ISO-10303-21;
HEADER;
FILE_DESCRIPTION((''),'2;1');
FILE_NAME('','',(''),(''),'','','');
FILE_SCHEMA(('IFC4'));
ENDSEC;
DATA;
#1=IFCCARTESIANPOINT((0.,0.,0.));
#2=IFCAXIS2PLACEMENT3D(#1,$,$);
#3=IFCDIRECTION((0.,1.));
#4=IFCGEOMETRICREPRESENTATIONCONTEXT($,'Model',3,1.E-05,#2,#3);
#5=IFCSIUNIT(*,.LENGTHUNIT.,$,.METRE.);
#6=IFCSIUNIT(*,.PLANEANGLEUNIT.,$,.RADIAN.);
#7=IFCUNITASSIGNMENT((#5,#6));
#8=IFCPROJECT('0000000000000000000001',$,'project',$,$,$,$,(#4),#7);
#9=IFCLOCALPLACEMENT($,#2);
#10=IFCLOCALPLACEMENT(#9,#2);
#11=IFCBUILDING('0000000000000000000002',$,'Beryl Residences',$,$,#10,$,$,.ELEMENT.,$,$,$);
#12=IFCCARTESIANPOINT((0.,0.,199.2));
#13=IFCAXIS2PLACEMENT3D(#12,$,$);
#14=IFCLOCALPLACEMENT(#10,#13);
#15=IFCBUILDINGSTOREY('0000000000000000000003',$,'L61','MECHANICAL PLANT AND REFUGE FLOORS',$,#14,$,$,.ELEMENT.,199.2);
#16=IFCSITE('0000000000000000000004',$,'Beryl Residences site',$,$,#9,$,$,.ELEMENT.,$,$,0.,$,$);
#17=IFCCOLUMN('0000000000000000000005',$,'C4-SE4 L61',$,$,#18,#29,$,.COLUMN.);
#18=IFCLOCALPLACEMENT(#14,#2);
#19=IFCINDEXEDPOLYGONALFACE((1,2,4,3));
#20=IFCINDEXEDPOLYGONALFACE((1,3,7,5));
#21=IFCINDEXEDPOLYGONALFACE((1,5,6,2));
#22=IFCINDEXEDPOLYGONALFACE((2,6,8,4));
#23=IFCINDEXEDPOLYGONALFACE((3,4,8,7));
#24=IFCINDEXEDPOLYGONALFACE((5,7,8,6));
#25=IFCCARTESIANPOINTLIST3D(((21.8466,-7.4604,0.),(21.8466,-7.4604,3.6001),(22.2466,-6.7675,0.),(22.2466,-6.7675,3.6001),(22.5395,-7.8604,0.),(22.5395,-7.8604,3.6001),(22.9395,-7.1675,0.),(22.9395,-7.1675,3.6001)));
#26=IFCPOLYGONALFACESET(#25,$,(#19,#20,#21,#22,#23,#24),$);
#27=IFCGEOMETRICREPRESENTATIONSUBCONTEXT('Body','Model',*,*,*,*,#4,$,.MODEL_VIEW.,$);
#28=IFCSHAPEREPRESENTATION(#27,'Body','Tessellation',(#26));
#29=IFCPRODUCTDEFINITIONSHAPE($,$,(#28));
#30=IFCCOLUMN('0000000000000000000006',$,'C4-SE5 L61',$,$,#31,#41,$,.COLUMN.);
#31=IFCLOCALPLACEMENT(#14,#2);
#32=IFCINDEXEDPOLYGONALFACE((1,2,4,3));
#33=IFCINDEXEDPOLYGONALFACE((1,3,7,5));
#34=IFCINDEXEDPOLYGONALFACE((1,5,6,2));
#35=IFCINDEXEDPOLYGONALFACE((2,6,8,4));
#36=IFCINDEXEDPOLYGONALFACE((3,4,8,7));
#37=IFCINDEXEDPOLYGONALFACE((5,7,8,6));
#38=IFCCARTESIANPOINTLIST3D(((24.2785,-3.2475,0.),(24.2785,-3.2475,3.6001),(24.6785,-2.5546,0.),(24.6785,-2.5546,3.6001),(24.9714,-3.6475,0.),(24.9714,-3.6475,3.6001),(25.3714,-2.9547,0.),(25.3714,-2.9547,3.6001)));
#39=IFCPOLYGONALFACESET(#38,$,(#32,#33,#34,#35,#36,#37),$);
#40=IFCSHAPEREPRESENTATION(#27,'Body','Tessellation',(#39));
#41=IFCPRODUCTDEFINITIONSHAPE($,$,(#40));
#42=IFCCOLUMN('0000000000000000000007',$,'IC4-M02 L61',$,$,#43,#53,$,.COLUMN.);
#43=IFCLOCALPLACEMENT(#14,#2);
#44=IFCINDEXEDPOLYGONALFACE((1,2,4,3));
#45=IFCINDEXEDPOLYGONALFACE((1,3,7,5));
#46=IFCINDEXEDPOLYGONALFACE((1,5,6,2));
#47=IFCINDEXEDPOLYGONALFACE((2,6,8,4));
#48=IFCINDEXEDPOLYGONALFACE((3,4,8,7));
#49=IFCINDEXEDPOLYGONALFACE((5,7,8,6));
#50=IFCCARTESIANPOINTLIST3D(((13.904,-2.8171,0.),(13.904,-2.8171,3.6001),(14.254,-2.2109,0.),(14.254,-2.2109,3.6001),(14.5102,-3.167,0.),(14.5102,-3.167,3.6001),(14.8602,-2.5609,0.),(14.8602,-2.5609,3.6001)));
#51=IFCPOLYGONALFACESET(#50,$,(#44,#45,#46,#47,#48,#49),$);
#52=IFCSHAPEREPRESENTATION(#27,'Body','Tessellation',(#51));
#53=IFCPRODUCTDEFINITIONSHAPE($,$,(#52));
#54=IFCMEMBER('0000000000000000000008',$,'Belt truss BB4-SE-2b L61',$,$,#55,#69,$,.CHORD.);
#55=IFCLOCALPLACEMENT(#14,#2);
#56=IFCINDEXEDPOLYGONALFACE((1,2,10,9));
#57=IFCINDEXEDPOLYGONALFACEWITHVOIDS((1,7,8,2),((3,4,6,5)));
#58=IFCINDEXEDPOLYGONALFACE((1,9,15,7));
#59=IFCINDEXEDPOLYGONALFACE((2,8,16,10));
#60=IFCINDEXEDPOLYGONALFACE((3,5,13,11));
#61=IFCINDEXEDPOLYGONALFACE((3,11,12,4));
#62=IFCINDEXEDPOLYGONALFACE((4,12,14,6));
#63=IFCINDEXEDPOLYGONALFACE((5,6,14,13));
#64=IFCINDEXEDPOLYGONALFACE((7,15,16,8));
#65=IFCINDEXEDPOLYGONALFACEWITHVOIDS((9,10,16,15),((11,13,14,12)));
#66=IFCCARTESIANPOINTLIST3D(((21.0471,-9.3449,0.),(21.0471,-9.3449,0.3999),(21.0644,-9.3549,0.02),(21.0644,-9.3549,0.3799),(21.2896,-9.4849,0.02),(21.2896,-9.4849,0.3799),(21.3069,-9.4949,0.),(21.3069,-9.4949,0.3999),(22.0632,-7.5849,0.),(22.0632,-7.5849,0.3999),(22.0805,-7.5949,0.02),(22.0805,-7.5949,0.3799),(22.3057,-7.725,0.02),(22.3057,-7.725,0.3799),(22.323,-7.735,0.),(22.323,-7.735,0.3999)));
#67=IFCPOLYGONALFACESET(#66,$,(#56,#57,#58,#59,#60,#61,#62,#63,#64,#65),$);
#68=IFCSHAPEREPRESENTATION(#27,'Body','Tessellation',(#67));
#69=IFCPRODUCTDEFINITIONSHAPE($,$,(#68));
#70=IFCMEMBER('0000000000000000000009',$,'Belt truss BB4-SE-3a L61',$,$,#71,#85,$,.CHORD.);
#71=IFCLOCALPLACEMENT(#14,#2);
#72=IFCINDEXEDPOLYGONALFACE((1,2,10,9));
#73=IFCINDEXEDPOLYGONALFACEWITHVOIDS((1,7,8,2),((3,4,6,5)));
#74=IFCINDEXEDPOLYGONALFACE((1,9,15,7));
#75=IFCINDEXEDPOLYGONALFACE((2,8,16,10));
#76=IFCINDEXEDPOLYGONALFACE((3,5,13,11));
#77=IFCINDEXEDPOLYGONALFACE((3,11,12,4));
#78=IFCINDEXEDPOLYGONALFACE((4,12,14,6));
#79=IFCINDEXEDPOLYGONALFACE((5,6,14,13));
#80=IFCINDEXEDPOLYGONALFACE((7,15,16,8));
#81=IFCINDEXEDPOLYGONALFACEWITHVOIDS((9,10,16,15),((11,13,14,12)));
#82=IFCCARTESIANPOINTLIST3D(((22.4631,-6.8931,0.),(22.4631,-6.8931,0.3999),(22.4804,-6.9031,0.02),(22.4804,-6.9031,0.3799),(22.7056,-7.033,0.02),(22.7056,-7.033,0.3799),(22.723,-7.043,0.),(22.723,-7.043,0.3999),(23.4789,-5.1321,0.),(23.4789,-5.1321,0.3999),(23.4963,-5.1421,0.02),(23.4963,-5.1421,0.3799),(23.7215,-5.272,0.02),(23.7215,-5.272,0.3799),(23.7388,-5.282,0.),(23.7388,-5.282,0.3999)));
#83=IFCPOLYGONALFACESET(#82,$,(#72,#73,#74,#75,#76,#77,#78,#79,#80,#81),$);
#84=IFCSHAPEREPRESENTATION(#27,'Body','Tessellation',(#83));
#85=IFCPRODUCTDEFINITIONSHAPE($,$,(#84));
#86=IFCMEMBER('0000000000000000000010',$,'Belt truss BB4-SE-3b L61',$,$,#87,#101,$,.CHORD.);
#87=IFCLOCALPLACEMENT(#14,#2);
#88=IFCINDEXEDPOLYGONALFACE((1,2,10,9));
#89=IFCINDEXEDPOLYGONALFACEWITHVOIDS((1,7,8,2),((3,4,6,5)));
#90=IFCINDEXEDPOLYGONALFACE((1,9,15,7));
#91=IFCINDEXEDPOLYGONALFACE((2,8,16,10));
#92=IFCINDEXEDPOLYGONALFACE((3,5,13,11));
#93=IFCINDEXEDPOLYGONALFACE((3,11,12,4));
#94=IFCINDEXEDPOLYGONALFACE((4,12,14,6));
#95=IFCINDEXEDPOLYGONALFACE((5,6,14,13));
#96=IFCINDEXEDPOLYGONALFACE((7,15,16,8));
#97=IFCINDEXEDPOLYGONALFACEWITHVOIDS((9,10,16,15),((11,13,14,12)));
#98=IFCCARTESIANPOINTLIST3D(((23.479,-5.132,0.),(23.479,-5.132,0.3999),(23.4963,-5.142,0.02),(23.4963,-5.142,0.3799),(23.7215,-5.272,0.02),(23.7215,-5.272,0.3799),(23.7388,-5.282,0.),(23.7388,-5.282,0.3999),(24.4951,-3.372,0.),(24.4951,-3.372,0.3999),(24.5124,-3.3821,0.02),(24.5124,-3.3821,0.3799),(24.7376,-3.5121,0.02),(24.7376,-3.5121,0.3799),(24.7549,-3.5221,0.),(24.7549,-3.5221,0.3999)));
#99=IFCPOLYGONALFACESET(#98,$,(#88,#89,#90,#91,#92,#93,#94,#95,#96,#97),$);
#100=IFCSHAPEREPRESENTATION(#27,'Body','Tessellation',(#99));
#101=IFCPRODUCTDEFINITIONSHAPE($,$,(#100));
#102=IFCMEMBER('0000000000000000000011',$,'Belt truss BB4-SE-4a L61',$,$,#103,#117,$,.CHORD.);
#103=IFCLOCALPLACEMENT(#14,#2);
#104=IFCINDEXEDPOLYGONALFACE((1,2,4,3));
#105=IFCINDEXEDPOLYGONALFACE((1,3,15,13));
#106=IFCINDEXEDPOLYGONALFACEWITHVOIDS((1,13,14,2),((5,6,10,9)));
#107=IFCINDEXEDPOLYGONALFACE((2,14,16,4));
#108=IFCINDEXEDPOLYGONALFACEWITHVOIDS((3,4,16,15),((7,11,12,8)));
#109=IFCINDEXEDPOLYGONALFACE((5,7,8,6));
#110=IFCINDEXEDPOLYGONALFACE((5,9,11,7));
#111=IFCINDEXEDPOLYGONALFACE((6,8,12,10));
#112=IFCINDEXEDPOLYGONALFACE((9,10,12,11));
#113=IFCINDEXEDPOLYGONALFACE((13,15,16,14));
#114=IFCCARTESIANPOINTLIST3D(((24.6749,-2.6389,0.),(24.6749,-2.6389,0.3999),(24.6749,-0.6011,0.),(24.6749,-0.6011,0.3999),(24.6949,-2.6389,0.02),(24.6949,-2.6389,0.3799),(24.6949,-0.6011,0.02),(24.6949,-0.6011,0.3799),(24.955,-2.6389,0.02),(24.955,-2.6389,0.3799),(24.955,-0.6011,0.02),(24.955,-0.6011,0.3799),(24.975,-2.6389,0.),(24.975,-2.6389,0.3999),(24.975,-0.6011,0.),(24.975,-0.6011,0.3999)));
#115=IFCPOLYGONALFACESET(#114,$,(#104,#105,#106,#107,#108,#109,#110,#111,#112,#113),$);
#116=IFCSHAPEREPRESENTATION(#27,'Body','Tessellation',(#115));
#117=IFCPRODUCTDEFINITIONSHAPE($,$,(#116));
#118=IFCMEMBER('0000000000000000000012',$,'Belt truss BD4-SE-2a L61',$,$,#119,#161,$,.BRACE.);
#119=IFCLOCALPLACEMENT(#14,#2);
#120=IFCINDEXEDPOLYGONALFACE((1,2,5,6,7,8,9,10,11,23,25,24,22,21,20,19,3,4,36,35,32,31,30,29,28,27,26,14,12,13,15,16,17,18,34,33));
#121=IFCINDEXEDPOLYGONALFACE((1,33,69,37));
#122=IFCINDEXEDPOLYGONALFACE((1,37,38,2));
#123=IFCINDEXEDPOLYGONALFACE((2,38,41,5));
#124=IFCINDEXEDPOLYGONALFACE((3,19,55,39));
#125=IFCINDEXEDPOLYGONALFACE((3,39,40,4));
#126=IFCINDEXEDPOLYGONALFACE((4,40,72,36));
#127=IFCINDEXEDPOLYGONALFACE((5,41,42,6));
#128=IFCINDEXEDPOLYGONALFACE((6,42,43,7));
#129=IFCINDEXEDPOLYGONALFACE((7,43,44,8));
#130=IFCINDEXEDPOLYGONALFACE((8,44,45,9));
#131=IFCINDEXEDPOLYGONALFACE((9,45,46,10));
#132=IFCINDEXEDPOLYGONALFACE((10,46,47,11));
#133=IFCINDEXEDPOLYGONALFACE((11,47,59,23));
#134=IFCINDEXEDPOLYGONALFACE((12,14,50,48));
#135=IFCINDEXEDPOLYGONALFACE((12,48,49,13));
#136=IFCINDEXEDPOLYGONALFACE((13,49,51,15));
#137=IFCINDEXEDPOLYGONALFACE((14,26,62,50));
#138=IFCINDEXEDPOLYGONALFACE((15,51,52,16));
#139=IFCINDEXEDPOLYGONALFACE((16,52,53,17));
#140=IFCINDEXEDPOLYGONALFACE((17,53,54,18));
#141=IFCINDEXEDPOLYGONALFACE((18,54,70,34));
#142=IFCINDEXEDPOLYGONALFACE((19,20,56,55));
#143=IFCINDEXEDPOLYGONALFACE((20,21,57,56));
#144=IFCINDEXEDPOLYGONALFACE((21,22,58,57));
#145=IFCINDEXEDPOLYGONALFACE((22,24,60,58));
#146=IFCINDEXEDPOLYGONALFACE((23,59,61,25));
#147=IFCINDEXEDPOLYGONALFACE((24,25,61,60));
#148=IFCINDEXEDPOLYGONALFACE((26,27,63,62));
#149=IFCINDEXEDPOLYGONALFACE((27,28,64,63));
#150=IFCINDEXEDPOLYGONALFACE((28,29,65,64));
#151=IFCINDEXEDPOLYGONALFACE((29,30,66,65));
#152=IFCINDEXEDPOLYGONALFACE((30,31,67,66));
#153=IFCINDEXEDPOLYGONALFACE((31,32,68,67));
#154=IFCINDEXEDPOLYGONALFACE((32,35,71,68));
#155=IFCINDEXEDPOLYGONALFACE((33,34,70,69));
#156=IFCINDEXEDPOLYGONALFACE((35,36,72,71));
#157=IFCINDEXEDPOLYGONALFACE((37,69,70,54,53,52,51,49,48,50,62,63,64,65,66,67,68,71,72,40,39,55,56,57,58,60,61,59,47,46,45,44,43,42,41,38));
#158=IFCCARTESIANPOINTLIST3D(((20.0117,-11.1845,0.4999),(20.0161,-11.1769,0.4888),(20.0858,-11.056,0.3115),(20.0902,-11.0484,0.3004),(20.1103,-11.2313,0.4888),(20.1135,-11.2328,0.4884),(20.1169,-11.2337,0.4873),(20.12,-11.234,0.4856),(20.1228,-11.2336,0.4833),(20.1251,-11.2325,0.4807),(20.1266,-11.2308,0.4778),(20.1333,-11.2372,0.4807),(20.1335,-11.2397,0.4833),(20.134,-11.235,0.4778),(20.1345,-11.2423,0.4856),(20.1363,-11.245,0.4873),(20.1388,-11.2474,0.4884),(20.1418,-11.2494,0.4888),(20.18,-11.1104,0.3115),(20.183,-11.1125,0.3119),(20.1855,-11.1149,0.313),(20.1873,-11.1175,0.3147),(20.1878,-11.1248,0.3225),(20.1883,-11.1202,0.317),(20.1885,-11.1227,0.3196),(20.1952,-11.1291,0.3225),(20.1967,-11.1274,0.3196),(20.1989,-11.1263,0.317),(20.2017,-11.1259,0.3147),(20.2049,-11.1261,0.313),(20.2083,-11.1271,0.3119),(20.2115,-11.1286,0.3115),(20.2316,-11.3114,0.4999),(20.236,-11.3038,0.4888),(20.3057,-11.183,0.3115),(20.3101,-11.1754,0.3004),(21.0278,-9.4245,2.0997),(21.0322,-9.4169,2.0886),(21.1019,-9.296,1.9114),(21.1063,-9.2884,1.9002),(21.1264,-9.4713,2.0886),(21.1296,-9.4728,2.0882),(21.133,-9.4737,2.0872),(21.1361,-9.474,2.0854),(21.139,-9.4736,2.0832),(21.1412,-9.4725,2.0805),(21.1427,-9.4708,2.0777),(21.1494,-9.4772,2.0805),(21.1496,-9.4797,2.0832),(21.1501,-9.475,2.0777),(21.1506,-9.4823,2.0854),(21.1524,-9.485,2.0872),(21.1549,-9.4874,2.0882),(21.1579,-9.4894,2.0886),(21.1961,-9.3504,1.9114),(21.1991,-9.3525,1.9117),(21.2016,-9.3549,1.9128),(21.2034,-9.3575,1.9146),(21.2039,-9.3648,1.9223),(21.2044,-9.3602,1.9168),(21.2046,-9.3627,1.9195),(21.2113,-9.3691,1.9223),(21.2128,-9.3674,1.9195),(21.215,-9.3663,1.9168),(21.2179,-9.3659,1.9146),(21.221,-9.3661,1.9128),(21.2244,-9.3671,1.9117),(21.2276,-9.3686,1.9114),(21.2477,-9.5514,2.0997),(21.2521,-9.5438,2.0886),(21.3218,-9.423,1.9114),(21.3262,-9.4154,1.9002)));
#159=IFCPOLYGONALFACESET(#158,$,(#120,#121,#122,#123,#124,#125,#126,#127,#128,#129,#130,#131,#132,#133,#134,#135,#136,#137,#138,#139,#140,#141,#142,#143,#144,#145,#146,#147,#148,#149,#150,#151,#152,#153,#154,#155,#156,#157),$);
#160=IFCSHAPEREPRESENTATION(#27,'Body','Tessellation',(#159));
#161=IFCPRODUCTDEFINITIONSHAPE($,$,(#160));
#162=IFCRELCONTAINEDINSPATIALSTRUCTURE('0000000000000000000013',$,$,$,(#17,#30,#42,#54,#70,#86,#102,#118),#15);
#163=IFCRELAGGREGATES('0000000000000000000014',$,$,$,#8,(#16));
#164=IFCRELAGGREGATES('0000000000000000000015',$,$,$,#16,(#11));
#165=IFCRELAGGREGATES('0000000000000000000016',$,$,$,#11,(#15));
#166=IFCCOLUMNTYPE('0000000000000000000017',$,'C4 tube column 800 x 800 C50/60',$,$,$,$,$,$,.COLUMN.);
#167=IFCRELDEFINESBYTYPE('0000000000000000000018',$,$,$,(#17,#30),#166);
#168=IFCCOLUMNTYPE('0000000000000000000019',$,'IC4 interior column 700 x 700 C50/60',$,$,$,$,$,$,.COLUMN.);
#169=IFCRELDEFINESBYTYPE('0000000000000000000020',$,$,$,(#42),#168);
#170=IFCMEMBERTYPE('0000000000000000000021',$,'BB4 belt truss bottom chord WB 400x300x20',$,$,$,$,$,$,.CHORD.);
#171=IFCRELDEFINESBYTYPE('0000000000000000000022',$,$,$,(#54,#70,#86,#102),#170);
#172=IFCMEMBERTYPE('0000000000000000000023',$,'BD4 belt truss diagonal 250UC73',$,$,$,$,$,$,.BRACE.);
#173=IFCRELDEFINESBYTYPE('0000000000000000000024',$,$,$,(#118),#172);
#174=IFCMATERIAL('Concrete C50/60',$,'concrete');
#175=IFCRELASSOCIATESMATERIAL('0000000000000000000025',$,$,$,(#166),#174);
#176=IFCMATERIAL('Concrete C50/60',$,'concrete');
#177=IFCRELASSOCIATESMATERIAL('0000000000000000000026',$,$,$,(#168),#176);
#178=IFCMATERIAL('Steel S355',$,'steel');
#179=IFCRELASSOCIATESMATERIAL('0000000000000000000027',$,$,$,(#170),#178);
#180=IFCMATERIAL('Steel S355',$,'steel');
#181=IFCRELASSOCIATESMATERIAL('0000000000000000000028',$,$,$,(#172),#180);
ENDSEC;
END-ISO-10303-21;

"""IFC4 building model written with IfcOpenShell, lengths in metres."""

from ifc_helpers import new_model, si_unit, direction, frame, origin, origin_2d, place, context, subcontext, project, spatial, rectangle, hollow_rectangle, i_section, extrude, material, material_profile, profile_set, type_object, element, save


model = new_model("IFC4")

# Units and contexts
model_context = context("Model", 3, precision=1e-05, world=origin(), true_north=direction((0.0, 1.0)))
body_context = subcontext(model_context, "Body", "Model", "MODEL_VIEW")
ifc_project = project(units=[si_unit("LENGTHUNIT", "METRE"), si_unit("PLANEANGLEUNIT", "RADIAN")], contexts=[model_context])

# Site, building, storey
site_placement = place(None, origin())
site = spatial("IfcSite", under=ifc_project, at=site_placement, Name="Beryl Residences site", CompositionType="ELEMENT", RefElevation=0.0)
building_placement = place(site_placement, origin())
building = spatial("IfcBuilding", under=site, at=building_placement, Name="Beryl Residences", CompositionType="ELEMENT")
storey_placement = place(building_placement, frame((0.0, 0.0, 199.2)))
storey = spatial("IfcBuildingStorey", under=building, at=storey_placement, Name="L61", Description="MECHANICAL PLANT AND REFUGE FLOORS", CompositionType="ELEMENT", Elevation=199.2)

# Columns
ifc_material_1 = material(Name="Concrete C50/60", Category="concrete")
ifc_material_profile_1 = material_profile(ifc_material_1, rectangle(XDim=0.8, YDim=0.8, at=origin_2d()))
ifc_profile_set_1 = profile_set([ifc_material_profile_1], Name="Concrete C50/60")
column_type_1 = type_object("IfcColumnType", Name="C4 tube column 800 x 800 C50/60", PredefinedType="COLUMN", material=ifc_profile_set_1)
for number, where, z_axis, x_axis, name in (
    (1, (22.3931, -7.314, 0.0), (0.0, 0.0, 1.0), (0.5, 0.866025, 0.0), "C4-SE4 L61"),
    (2, (24.825, -3.1011, 0.0), (0.0, 0.0, 1.0), (0.5, 0.866025, 0.0), "C4-SE5 L61"),
):
    element("IfcColumn", number, at=place(storey_placement, frame(where, z_axis=z_axis, x_axis=x_axis)), inside=storey, type_object=column_type_1, Name=name, PredefinedType="COLUMN", context=body_context, shape_type="SweptSolid", body=[
        extrude(rectangle(XDim=0.8, YDim=0.8, at=origin_2d()), origin(), (0.0, 0.0, 1.0), 3.6001),
    ])
ifc_material_2 = material(Name="Concrete C50/60", Category="concrete")
ifc_material_profile_2 = material_profile(ifc_material_2, rectangle(XDim=0.7, YDim=0.7, at=origin_2d()))
ifc_profile_set_2 = profile_set([ifc_material_profile_2], Name="Concrete C50/60")
column_type_2 = type_object("IfcColumnType", Name="IC4 interior column 700 x 700 C50/60", PredefinedType="COLUMN", material=ifc_profile_set_2)
column_placement = place(storey_placement, frame((14.3821, -2.689, 0.0), z_axis=(0.0, 0.0, 1.0), x_axis=(0.5, 0.866025, 0.0)))
element("IfcColumn", 3, at=column_placement, inside=storey, type_object=column_type_2, Name="IC4-M02 L61", PredefinedType="COLUMN", context=body_context, shape_type="SweptSolid", body=[
    extrude(rectangle(XDim=0.7, YDim=0.7, at=origin_2d()), origin(), (0.0, 0.0, 1.0), 3.6001),
])

# Members
ifc_material_3 = material(Name="Steel S355", Category="steel")
ifc_material_profile_3 = material_profile(ifc_material_3, hollow_rectangle(XDim=0.3, YDim=0.3999, WallThickness=0.02, at=origin_2d()))
ifc_profile_set_3 = profile_set([ifc_material_profile_3], Name="Steel S355")
member_type_1 = type_object("IfcMemberType", Name="BB4 belt truss bottom chord WB 400x300x20", PredefinedType="CHORD", material=ifc_profile_set_3)
member_1_placement = place(storey_placement, frame((21.177, -9.4199, 0.2), z_axis=(0.499989, 0.866032, 0.0), x_axis=(-0.866032, 0.499989, 0.0)))
element("IfcMember", 4, at=member_1_placement, inside=storey, type_object=member_type_1, Name="Belt truss BB4-SE-2b L61", PredefinedType="CHORD", context=body_context, shape_type="SweptSolid", body=[
    extrude(hollow_rectangle(XDim=0.3, YDim=0.3999, WallThickness=0.02, at=origin_2d()), origin(), (0.0, 0.0, 1.0), 2.0322),
])
member_2_placement = place(storey_placement, frame((22.593, -6.968, 0.2), z_axis=(0.499691, 0.866204, 0.0), x_axis=(-0.866204, 0.499691, 0.0)))
element("IfcMember", 5, at=member_2_placement, inside=storey, type_object=member_type_1, Name="Belt truss BB4-SE-3a L61", PredefinedType="CHORD", context=body_context, shape_type="SweptSolid", body=[
    extrude(hollow_rectangle(XDim=0.3, YDim=0.3999, WallThickness=0.02, at=origin_2d()), origin(), (0.0, 0.0, 1.0), 2.033),
])
member_3_placement = place(storey_placement, frame((23.6089, -5.207, 0.2), z_axis=(0.499989, 0.866032, 0.0), x_axis=(-0.866032, 0.499989, 0.0)))
element("IfcMember", 6, at=member_3_placement, inside=storey, type_object=member_type_1, Name="Belt truss BB4-SE-3b L61", PredefinedType="CHORD", context=body_context, shape_type="SweptSolid", body=[
    extrude(hollow_rectangle(XDim=0.3, YDim=0.3999, WallThickness=0.02, at=origin_2d()), origin(), (0.0, 0.0, 1.0), 2.0322),
])
member_4_placement = place(storey_placement, frame((24.825, -2.6389, 0.2), z_axis=(0.0, 1.0, 0.0), x_axis=(-1.0, 0.0, 0.0)))
element("IfcMember", 7, at=member_4_placement, inside=storey, type_object=member_type_1, Name="Belt truss BB4-SE-4a L61", PredefinedType="CHORD", context=body_context, shape_type="SweptSolid", body=[
    extrude(hollow_rectangle(XDim=0.3, YDim=0.3999, WallThickness=0.02, at=origin_2d()), origin(), (0.0, 0.0, 1.0), 2.0378),
])
ifc_material_4 = material(Name="Steel S355", Category="steel")
ifc_material_profile_4 = material_profile(ifc_material_4, i_section(OverallWidth=0.2539, OverallDepth=0.2539, WebThickness=0.0085, FlangeThickness=0.0142, FilletRadius=0.0139, at=origin_2d()))
ifc_profile_set_4 = profile_set([ifc_material_profile_4], Name="Steel S355")
member_type_2 = type_object("IfcMemberType", Name="BD4 belt truss diagonal 250UC73", PredefinedType="BRACE", material=ifc_profile_set_4)
for number, where, z_axis, x_axis, name in (
    (8, (20.1609, -11.1799, 0.4001), (0.392862, 0.680477, 0.618555), (-0.866032, 0.499989, 0.0), "Belt truss BD4-SE-2a L61"),
):
    element("IfcMember", number, at=place(storey_placement, frame(where, z_axis=z_axis, x_axis=x_axis)), inside=storey, type_object=member_type_2, Name=name, PredefinedType="BRACE", context=body_context, shape_type="SweptSolid", body=[
        extrude(i_section(OverallWidth=0.2539, OverallDepth=0.2539, WebThickness=0.0085, FlangeThickness=0.0142, FilletRadius=0.0139, at=origin_2d()), origin(), (0.0, 0.0, 1.0), 2.5864),
    ])

save(model, "model.ifc")
